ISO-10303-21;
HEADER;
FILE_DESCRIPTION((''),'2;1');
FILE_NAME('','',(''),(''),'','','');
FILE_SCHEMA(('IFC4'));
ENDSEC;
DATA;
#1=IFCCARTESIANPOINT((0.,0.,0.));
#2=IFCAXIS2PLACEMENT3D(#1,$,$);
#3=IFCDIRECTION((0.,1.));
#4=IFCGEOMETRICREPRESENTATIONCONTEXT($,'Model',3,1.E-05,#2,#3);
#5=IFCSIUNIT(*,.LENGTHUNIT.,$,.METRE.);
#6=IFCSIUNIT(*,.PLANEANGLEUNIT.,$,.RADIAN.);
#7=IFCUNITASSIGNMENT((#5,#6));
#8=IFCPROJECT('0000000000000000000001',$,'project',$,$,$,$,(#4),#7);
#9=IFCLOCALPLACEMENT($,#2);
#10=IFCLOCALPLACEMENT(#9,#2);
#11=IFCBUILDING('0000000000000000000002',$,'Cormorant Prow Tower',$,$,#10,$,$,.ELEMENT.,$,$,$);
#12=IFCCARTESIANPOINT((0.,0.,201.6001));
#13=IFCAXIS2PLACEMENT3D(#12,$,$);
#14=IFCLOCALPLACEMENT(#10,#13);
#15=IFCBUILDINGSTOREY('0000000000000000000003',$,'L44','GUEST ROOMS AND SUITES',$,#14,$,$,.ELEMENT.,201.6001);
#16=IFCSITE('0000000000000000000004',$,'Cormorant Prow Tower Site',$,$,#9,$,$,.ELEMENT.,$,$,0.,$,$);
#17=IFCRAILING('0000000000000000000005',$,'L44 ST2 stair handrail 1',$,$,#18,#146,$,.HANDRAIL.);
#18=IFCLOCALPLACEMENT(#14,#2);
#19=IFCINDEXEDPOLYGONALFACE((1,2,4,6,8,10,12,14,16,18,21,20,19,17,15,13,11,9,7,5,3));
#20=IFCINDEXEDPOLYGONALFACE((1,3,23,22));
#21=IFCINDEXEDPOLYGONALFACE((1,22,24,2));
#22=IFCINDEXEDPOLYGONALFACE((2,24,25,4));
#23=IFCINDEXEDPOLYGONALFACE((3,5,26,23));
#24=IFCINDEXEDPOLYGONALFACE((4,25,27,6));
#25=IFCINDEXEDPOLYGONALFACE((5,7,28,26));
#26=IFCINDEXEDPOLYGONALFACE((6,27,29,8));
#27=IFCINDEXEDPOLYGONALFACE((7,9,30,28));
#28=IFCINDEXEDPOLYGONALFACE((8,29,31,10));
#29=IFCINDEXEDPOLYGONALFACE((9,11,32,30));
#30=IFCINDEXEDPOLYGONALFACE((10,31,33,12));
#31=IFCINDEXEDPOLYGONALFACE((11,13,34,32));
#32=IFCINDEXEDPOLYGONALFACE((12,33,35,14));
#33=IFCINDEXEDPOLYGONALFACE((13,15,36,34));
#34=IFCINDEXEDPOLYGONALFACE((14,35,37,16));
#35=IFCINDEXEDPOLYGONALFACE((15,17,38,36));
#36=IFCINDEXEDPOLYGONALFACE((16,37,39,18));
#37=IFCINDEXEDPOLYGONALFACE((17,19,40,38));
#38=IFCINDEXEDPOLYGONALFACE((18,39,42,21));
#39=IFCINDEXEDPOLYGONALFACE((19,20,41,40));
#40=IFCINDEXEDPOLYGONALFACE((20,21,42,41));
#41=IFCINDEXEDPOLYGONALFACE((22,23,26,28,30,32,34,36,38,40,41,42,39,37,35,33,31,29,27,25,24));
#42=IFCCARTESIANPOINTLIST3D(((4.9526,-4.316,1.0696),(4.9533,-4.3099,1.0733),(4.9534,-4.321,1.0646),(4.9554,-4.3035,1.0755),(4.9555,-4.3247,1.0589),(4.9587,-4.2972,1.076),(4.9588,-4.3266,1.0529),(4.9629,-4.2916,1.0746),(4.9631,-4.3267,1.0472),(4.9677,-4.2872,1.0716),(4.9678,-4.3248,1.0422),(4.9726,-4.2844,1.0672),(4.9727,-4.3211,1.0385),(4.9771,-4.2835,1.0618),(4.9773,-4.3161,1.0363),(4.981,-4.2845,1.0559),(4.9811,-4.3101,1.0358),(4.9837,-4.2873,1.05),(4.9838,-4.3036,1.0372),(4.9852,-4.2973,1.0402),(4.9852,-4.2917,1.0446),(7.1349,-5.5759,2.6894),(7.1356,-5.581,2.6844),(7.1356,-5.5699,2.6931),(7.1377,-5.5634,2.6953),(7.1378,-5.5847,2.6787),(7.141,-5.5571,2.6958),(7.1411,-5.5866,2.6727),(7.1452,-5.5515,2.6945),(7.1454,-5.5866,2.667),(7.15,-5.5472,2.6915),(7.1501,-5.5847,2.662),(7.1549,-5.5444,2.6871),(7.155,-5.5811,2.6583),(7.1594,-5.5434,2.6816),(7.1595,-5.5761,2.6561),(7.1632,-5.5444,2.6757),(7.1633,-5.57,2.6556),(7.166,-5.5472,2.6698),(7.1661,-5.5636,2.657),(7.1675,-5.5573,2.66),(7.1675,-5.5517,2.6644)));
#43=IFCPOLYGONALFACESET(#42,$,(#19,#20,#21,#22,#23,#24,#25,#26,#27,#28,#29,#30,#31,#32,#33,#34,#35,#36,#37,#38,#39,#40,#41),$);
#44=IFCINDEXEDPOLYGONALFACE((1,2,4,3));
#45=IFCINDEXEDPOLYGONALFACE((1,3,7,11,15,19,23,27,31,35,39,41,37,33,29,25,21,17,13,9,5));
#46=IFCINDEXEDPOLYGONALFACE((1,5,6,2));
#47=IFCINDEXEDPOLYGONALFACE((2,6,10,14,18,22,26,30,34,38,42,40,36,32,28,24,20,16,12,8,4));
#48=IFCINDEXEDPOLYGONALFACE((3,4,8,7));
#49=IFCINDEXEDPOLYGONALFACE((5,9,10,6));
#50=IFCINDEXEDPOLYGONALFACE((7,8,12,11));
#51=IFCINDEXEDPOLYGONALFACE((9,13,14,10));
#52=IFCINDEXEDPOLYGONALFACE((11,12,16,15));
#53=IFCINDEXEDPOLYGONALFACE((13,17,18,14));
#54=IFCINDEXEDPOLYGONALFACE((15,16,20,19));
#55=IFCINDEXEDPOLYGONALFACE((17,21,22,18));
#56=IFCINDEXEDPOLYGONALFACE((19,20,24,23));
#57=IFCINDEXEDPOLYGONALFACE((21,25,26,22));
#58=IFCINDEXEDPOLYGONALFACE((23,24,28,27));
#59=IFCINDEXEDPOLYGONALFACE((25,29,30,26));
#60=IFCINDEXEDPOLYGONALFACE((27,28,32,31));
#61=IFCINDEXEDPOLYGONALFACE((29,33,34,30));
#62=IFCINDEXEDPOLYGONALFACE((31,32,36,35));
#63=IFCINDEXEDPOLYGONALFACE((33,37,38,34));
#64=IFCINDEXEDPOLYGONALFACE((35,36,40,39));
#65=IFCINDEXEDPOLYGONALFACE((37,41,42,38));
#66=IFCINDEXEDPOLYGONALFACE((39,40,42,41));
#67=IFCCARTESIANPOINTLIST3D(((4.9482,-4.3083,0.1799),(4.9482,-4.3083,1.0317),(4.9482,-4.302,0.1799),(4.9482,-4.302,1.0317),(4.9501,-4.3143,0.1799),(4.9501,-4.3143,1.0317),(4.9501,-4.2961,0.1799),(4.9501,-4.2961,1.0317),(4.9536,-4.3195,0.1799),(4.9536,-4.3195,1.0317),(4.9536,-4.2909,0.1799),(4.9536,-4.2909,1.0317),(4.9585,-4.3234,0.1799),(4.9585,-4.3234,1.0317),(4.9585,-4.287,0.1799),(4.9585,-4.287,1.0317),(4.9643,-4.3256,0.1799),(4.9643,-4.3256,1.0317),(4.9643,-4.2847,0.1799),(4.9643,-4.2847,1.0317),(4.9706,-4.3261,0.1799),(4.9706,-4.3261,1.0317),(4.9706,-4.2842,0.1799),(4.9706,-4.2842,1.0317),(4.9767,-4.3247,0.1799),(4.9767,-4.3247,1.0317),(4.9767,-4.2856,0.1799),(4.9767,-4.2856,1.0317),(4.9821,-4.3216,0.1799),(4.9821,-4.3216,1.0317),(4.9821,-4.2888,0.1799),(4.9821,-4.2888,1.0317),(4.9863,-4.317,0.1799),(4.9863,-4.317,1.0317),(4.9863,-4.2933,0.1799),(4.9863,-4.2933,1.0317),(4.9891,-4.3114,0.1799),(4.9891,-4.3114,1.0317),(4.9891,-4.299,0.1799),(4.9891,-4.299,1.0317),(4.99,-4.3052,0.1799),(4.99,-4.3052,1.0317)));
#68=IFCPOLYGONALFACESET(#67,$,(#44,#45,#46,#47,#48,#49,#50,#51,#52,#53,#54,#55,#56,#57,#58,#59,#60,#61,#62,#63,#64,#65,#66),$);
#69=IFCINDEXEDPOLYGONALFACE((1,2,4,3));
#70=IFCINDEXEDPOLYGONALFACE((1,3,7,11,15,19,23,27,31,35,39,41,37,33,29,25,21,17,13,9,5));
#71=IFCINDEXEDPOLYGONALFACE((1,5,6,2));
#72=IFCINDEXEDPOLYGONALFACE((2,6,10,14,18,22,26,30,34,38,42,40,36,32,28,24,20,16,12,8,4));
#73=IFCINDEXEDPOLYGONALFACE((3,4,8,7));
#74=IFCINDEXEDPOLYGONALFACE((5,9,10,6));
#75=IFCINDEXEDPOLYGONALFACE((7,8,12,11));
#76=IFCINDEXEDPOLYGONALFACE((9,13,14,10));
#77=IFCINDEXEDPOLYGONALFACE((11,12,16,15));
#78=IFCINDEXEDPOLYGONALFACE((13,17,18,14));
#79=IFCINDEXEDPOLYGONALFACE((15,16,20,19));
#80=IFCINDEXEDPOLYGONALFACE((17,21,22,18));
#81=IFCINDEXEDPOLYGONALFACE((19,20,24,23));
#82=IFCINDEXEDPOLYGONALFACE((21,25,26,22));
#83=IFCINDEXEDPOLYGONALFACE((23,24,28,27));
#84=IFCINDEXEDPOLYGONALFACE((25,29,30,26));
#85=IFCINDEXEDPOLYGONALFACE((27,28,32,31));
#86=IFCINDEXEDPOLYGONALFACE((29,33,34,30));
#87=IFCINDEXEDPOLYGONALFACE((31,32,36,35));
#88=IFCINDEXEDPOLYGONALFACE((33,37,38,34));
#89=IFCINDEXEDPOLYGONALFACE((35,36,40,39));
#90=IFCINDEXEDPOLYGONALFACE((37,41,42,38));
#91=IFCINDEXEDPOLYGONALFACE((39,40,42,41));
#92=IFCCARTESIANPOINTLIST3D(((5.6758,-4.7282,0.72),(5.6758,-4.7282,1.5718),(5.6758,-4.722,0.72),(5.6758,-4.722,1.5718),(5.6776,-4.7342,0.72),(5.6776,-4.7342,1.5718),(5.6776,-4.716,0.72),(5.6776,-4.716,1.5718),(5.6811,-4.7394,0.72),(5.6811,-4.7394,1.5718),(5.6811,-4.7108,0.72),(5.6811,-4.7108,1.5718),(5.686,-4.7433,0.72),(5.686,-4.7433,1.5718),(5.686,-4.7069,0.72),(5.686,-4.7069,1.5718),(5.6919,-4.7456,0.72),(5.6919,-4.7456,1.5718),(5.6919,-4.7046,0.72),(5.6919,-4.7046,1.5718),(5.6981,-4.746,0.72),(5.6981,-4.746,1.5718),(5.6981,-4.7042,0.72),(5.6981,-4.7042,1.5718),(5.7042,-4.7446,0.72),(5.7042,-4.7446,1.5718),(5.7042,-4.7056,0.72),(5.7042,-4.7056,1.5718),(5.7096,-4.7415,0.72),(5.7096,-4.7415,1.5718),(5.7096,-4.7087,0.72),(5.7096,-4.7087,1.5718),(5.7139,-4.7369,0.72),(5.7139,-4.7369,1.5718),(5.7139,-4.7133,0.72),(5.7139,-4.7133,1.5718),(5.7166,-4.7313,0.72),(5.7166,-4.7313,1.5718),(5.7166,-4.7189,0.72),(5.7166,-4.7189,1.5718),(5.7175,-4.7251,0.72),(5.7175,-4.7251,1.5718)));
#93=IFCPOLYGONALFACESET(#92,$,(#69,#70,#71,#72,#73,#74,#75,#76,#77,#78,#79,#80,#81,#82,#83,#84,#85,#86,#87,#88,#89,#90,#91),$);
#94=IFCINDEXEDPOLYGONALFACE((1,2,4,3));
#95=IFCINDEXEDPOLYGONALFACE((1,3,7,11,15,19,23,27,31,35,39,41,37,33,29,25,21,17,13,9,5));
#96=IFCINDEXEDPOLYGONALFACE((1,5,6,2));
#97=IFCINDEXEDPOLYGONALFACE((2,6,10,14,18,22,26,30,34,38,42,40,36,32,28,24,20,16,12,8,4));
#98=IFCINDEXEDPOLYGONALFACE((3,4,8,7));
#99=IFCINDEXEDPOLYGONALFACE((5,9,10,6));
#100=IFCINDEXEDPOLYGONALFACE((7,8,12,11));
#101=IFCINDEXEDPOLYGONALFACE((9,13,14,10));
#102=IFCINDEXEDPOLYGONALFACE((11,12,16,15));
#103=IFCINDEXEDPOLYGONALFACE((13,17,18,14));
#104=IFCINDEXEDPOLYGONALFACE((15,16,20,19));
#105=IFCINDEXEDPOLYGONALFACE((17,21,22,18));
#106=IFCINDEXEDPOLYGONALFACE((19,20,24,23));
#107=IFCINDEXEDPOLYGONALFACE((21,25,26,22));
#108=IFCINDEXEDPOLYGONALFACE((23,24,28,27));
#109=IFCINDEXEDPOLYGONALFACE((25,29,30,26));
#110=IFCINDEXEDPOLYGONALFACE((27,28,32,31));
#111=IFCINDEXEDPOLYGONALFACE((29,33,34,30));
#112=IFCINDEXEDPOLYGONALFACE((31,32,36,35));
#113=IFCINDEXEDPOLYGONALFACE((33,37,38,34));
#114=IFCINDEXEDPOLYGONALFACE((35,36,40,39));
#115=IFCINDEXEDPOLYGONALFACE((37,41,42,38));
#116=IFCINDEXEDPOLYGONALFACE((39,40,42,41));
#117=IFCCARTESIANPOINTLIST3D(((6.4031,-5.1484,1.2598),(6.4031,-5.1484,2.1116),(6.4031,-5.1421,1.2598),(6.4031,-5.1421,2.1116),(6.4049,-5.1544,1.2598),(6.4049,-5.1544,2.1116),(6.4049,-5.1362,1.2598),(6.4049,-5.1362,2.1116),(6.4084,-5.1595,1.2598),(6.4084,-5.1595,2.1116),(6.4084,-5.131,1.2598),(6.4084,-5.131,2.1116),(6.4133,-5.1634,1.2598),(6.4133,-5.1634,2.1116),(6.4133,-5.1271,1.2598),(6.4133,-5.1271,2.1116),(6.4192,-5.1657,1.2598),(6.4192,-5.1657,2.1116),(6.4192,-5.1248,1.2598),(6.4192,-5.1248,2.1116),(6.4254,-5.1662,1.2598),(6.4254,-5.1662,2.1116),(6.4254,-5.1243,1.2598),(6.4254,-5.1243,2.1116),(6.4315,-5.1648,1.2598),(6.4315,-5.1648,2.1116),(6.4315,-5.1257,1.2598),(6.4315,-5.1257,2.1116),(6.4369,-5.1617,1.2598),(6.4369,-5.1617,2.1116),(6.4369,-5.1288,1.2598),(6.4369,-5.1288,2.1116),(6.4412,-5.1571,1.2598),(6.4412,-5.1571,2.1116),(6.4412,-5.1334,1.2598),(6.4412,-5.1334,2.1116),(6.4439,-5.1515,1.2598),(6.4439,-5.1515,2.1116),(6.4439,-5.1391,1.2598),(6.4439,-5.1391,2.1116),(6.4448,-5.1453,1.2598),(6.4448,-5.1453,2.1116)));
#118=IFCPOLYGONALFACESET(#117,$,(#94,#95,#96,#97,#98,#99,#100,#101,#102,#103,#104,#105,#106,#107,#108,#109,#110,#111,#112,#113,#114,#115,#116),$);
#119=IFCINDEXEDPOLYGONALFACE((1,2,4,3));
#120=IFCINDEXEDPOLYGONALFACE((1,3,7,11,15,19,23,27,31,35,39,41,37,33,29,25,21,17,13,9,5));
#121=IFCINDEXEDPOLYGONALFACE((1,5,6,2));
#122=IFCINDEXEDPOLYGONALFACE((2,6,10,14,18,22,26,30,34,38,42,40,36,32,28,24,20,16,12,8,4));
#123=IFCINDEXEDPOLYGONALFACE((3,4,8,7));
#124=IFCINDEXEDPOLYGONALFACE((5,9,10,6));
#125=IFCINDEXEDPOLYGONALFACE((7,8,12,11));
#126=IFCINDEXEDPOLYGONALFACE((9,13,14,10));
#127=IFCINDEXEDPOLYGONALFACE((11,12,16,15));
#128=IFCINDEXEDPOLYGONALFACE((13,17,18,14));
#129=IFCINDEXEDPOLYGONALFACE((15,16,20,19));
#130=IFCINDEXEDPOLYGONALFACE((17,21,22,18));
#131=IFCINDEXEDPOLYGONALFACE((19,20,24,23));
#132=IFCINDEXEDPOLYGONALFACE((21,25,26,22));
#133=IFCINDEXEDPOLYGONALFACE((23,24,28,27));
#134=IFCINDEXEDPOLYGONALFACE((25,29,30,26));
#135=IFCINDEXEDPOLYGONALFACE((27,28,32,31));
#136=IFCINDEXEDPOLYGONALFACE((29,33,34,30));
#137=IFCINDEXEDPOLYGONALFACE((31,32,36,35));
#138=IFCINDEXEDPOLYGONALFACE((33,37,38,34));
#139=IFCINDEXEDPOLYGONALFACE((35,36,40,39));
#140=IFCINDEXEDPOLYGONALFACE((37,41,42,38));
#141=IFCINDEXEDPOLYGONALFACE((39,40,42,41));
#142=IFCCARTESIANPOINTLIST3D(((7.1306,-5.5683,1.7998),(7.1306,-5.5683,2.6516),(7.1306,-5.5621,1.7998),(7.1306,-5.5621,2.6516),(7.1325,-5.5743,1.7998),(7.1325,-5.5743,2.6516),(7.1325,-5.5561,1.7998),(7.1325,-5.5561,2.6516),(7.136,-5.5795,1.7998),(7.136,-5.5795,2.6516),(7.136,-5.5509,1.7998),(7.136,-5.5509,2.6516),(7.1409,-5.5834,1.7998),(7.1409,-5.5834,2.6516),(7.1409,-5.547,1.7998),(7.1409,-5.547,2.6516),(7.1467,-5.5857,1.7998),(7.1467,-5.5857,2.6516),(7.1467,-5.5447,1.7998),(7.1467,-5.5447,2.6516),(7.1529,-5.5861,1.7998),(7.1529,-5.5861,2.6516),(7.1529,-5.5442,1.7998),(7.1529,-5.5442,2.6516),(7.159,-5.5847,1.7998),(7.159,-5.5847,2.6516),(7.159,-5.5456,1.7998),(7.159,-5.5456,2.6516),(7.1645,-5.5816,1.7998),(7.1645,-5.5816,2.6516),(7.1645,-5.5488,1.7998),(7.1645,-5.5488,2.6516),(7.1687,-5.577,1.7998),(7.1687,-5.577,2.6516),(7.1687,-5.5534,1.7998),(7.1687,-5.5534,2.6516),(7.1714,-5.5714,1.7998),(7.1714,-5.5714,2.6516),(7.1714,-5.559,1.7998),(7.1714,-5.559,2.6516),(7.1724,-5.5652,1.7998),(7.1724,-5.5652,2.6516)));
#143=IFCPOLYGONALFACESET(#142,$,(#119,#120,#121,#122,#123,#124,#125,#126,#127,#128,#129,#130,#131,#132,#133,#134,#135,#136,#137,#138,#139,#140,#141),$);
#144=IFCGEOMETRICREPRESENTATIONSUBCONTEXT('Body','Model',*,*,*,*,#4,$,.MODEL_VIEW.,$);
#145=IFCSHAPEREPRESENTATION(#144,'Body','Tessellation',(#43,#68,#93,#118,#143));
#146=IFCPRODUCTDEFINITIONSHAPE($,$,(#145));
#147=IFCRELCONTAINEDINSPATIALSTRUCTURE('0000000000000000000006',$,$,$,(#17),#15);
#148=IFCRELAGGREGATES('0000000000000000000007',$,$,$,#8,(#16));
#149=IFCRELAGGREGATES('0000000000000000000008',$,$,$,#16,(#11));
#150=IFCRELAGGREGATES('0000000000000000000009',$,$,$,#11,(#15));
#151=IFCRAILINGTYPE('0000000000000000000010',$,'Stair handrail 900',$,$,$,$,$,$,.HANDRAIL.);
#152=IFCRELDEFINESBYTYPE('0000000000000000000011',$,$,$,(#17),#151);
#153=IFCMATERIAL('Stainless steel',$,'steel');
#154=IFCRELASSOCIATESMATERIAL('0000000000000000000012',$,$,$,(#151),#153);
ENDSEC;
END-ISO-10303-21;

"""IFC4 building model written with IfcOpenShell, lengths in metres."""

from ifc_helpers import new_model, si_unit, direction, frame, origin, origin_2d, place, context, subcontext, project, spatial, circle, extrude, material, type_object, element, save


model = new_model("IFC4")

# Units and contexts
model_context = context("Model", 3, precision=1e-05, world=origin(), true_north=direction((0.0, 1.0)))
body_context = subcontext(model_context, "Body", "Model", "MODEL_VIEW")
ifc_project = project(units=[si_unit("LENGTHUNIT", "METRE"), si_unit("PLANEANGLEUNIT", "RADIAN")], contexts=[model_context])

# Site, building, storey
site_placement = place(None, origin())
site = spatial("IfcSite", under=ifc_project, at=site_placement, Name="Cormorant Prow Tower Site", CompositionType="ELEMENT", RefElevation=0.0)
building_placement = place(site_placement, origin())
building = spatial("IfcBuilding", under=site, at=building_placement, Name="Cormorant Prow Tower", CompositionType="ELEMENT")
storey_placement = place(building_placement, frame((0.0, 0.0, 201.6001)))
storey = spatial("IfcBuildingStorey", under=building, at=storey_placement, Name="L44", Description="GUEST ROOMS AND SUITES", CompositionType="ELEMENT", Elevation=201.6001)

# Railing
ifc_material_1 = material(Name="Stainless steel", Category="steel")
railing_type_1 = type_object("IfcRailingType", Name="Stair handrail 900", PredefinedType="HANDRAIL", material=ifc_material_1)
railing_1_placement = place(storey_placement, frame((4.969, -4.3052, 0.1799)))
element("IfcRailing", 1, at=railing_1_placement, inside=storey, type_object=railing_type_1, Name="L44 ST2 stair handrail 1", PredefinedType="HANDRAIL", context=body_context, shape_type="SweptSolid", body=[
    extrude(circle(Radius=0.0239, at=origin_2d()), frame((0.0, 0.0, 0.876), z_axis=(0.728496, -0.420603, 0.540728), x_axis=(0.500005, 0.866023, 0.0)), (0.0, 0.0, 1.0), 2.9956),
    extrude(circle(Radius=0.021, at=origin_2d()), origin(), (0.0, 0.0, 1.0), 0.8518),
    extrude(circle(Radius=0.021, at=origin_2d()), frame((0.7275, -0.4199, 0.54)), (0.0, 0.0, 1.0), 0.8518),
    extrude(circle(Radius=0.021, at=origin_2d()), frame((1.4548, -0.8401, 1.0798)), (0.0, 0.0, 1.0), 0.8518),
    extrude(circle(Radius=0.021, at=origin_2d()), frame((2.1824, -1.26, 1.6199)), (0.0, 0.0, 1.0), 0.8518),
])

save(model, "model.ifc")
